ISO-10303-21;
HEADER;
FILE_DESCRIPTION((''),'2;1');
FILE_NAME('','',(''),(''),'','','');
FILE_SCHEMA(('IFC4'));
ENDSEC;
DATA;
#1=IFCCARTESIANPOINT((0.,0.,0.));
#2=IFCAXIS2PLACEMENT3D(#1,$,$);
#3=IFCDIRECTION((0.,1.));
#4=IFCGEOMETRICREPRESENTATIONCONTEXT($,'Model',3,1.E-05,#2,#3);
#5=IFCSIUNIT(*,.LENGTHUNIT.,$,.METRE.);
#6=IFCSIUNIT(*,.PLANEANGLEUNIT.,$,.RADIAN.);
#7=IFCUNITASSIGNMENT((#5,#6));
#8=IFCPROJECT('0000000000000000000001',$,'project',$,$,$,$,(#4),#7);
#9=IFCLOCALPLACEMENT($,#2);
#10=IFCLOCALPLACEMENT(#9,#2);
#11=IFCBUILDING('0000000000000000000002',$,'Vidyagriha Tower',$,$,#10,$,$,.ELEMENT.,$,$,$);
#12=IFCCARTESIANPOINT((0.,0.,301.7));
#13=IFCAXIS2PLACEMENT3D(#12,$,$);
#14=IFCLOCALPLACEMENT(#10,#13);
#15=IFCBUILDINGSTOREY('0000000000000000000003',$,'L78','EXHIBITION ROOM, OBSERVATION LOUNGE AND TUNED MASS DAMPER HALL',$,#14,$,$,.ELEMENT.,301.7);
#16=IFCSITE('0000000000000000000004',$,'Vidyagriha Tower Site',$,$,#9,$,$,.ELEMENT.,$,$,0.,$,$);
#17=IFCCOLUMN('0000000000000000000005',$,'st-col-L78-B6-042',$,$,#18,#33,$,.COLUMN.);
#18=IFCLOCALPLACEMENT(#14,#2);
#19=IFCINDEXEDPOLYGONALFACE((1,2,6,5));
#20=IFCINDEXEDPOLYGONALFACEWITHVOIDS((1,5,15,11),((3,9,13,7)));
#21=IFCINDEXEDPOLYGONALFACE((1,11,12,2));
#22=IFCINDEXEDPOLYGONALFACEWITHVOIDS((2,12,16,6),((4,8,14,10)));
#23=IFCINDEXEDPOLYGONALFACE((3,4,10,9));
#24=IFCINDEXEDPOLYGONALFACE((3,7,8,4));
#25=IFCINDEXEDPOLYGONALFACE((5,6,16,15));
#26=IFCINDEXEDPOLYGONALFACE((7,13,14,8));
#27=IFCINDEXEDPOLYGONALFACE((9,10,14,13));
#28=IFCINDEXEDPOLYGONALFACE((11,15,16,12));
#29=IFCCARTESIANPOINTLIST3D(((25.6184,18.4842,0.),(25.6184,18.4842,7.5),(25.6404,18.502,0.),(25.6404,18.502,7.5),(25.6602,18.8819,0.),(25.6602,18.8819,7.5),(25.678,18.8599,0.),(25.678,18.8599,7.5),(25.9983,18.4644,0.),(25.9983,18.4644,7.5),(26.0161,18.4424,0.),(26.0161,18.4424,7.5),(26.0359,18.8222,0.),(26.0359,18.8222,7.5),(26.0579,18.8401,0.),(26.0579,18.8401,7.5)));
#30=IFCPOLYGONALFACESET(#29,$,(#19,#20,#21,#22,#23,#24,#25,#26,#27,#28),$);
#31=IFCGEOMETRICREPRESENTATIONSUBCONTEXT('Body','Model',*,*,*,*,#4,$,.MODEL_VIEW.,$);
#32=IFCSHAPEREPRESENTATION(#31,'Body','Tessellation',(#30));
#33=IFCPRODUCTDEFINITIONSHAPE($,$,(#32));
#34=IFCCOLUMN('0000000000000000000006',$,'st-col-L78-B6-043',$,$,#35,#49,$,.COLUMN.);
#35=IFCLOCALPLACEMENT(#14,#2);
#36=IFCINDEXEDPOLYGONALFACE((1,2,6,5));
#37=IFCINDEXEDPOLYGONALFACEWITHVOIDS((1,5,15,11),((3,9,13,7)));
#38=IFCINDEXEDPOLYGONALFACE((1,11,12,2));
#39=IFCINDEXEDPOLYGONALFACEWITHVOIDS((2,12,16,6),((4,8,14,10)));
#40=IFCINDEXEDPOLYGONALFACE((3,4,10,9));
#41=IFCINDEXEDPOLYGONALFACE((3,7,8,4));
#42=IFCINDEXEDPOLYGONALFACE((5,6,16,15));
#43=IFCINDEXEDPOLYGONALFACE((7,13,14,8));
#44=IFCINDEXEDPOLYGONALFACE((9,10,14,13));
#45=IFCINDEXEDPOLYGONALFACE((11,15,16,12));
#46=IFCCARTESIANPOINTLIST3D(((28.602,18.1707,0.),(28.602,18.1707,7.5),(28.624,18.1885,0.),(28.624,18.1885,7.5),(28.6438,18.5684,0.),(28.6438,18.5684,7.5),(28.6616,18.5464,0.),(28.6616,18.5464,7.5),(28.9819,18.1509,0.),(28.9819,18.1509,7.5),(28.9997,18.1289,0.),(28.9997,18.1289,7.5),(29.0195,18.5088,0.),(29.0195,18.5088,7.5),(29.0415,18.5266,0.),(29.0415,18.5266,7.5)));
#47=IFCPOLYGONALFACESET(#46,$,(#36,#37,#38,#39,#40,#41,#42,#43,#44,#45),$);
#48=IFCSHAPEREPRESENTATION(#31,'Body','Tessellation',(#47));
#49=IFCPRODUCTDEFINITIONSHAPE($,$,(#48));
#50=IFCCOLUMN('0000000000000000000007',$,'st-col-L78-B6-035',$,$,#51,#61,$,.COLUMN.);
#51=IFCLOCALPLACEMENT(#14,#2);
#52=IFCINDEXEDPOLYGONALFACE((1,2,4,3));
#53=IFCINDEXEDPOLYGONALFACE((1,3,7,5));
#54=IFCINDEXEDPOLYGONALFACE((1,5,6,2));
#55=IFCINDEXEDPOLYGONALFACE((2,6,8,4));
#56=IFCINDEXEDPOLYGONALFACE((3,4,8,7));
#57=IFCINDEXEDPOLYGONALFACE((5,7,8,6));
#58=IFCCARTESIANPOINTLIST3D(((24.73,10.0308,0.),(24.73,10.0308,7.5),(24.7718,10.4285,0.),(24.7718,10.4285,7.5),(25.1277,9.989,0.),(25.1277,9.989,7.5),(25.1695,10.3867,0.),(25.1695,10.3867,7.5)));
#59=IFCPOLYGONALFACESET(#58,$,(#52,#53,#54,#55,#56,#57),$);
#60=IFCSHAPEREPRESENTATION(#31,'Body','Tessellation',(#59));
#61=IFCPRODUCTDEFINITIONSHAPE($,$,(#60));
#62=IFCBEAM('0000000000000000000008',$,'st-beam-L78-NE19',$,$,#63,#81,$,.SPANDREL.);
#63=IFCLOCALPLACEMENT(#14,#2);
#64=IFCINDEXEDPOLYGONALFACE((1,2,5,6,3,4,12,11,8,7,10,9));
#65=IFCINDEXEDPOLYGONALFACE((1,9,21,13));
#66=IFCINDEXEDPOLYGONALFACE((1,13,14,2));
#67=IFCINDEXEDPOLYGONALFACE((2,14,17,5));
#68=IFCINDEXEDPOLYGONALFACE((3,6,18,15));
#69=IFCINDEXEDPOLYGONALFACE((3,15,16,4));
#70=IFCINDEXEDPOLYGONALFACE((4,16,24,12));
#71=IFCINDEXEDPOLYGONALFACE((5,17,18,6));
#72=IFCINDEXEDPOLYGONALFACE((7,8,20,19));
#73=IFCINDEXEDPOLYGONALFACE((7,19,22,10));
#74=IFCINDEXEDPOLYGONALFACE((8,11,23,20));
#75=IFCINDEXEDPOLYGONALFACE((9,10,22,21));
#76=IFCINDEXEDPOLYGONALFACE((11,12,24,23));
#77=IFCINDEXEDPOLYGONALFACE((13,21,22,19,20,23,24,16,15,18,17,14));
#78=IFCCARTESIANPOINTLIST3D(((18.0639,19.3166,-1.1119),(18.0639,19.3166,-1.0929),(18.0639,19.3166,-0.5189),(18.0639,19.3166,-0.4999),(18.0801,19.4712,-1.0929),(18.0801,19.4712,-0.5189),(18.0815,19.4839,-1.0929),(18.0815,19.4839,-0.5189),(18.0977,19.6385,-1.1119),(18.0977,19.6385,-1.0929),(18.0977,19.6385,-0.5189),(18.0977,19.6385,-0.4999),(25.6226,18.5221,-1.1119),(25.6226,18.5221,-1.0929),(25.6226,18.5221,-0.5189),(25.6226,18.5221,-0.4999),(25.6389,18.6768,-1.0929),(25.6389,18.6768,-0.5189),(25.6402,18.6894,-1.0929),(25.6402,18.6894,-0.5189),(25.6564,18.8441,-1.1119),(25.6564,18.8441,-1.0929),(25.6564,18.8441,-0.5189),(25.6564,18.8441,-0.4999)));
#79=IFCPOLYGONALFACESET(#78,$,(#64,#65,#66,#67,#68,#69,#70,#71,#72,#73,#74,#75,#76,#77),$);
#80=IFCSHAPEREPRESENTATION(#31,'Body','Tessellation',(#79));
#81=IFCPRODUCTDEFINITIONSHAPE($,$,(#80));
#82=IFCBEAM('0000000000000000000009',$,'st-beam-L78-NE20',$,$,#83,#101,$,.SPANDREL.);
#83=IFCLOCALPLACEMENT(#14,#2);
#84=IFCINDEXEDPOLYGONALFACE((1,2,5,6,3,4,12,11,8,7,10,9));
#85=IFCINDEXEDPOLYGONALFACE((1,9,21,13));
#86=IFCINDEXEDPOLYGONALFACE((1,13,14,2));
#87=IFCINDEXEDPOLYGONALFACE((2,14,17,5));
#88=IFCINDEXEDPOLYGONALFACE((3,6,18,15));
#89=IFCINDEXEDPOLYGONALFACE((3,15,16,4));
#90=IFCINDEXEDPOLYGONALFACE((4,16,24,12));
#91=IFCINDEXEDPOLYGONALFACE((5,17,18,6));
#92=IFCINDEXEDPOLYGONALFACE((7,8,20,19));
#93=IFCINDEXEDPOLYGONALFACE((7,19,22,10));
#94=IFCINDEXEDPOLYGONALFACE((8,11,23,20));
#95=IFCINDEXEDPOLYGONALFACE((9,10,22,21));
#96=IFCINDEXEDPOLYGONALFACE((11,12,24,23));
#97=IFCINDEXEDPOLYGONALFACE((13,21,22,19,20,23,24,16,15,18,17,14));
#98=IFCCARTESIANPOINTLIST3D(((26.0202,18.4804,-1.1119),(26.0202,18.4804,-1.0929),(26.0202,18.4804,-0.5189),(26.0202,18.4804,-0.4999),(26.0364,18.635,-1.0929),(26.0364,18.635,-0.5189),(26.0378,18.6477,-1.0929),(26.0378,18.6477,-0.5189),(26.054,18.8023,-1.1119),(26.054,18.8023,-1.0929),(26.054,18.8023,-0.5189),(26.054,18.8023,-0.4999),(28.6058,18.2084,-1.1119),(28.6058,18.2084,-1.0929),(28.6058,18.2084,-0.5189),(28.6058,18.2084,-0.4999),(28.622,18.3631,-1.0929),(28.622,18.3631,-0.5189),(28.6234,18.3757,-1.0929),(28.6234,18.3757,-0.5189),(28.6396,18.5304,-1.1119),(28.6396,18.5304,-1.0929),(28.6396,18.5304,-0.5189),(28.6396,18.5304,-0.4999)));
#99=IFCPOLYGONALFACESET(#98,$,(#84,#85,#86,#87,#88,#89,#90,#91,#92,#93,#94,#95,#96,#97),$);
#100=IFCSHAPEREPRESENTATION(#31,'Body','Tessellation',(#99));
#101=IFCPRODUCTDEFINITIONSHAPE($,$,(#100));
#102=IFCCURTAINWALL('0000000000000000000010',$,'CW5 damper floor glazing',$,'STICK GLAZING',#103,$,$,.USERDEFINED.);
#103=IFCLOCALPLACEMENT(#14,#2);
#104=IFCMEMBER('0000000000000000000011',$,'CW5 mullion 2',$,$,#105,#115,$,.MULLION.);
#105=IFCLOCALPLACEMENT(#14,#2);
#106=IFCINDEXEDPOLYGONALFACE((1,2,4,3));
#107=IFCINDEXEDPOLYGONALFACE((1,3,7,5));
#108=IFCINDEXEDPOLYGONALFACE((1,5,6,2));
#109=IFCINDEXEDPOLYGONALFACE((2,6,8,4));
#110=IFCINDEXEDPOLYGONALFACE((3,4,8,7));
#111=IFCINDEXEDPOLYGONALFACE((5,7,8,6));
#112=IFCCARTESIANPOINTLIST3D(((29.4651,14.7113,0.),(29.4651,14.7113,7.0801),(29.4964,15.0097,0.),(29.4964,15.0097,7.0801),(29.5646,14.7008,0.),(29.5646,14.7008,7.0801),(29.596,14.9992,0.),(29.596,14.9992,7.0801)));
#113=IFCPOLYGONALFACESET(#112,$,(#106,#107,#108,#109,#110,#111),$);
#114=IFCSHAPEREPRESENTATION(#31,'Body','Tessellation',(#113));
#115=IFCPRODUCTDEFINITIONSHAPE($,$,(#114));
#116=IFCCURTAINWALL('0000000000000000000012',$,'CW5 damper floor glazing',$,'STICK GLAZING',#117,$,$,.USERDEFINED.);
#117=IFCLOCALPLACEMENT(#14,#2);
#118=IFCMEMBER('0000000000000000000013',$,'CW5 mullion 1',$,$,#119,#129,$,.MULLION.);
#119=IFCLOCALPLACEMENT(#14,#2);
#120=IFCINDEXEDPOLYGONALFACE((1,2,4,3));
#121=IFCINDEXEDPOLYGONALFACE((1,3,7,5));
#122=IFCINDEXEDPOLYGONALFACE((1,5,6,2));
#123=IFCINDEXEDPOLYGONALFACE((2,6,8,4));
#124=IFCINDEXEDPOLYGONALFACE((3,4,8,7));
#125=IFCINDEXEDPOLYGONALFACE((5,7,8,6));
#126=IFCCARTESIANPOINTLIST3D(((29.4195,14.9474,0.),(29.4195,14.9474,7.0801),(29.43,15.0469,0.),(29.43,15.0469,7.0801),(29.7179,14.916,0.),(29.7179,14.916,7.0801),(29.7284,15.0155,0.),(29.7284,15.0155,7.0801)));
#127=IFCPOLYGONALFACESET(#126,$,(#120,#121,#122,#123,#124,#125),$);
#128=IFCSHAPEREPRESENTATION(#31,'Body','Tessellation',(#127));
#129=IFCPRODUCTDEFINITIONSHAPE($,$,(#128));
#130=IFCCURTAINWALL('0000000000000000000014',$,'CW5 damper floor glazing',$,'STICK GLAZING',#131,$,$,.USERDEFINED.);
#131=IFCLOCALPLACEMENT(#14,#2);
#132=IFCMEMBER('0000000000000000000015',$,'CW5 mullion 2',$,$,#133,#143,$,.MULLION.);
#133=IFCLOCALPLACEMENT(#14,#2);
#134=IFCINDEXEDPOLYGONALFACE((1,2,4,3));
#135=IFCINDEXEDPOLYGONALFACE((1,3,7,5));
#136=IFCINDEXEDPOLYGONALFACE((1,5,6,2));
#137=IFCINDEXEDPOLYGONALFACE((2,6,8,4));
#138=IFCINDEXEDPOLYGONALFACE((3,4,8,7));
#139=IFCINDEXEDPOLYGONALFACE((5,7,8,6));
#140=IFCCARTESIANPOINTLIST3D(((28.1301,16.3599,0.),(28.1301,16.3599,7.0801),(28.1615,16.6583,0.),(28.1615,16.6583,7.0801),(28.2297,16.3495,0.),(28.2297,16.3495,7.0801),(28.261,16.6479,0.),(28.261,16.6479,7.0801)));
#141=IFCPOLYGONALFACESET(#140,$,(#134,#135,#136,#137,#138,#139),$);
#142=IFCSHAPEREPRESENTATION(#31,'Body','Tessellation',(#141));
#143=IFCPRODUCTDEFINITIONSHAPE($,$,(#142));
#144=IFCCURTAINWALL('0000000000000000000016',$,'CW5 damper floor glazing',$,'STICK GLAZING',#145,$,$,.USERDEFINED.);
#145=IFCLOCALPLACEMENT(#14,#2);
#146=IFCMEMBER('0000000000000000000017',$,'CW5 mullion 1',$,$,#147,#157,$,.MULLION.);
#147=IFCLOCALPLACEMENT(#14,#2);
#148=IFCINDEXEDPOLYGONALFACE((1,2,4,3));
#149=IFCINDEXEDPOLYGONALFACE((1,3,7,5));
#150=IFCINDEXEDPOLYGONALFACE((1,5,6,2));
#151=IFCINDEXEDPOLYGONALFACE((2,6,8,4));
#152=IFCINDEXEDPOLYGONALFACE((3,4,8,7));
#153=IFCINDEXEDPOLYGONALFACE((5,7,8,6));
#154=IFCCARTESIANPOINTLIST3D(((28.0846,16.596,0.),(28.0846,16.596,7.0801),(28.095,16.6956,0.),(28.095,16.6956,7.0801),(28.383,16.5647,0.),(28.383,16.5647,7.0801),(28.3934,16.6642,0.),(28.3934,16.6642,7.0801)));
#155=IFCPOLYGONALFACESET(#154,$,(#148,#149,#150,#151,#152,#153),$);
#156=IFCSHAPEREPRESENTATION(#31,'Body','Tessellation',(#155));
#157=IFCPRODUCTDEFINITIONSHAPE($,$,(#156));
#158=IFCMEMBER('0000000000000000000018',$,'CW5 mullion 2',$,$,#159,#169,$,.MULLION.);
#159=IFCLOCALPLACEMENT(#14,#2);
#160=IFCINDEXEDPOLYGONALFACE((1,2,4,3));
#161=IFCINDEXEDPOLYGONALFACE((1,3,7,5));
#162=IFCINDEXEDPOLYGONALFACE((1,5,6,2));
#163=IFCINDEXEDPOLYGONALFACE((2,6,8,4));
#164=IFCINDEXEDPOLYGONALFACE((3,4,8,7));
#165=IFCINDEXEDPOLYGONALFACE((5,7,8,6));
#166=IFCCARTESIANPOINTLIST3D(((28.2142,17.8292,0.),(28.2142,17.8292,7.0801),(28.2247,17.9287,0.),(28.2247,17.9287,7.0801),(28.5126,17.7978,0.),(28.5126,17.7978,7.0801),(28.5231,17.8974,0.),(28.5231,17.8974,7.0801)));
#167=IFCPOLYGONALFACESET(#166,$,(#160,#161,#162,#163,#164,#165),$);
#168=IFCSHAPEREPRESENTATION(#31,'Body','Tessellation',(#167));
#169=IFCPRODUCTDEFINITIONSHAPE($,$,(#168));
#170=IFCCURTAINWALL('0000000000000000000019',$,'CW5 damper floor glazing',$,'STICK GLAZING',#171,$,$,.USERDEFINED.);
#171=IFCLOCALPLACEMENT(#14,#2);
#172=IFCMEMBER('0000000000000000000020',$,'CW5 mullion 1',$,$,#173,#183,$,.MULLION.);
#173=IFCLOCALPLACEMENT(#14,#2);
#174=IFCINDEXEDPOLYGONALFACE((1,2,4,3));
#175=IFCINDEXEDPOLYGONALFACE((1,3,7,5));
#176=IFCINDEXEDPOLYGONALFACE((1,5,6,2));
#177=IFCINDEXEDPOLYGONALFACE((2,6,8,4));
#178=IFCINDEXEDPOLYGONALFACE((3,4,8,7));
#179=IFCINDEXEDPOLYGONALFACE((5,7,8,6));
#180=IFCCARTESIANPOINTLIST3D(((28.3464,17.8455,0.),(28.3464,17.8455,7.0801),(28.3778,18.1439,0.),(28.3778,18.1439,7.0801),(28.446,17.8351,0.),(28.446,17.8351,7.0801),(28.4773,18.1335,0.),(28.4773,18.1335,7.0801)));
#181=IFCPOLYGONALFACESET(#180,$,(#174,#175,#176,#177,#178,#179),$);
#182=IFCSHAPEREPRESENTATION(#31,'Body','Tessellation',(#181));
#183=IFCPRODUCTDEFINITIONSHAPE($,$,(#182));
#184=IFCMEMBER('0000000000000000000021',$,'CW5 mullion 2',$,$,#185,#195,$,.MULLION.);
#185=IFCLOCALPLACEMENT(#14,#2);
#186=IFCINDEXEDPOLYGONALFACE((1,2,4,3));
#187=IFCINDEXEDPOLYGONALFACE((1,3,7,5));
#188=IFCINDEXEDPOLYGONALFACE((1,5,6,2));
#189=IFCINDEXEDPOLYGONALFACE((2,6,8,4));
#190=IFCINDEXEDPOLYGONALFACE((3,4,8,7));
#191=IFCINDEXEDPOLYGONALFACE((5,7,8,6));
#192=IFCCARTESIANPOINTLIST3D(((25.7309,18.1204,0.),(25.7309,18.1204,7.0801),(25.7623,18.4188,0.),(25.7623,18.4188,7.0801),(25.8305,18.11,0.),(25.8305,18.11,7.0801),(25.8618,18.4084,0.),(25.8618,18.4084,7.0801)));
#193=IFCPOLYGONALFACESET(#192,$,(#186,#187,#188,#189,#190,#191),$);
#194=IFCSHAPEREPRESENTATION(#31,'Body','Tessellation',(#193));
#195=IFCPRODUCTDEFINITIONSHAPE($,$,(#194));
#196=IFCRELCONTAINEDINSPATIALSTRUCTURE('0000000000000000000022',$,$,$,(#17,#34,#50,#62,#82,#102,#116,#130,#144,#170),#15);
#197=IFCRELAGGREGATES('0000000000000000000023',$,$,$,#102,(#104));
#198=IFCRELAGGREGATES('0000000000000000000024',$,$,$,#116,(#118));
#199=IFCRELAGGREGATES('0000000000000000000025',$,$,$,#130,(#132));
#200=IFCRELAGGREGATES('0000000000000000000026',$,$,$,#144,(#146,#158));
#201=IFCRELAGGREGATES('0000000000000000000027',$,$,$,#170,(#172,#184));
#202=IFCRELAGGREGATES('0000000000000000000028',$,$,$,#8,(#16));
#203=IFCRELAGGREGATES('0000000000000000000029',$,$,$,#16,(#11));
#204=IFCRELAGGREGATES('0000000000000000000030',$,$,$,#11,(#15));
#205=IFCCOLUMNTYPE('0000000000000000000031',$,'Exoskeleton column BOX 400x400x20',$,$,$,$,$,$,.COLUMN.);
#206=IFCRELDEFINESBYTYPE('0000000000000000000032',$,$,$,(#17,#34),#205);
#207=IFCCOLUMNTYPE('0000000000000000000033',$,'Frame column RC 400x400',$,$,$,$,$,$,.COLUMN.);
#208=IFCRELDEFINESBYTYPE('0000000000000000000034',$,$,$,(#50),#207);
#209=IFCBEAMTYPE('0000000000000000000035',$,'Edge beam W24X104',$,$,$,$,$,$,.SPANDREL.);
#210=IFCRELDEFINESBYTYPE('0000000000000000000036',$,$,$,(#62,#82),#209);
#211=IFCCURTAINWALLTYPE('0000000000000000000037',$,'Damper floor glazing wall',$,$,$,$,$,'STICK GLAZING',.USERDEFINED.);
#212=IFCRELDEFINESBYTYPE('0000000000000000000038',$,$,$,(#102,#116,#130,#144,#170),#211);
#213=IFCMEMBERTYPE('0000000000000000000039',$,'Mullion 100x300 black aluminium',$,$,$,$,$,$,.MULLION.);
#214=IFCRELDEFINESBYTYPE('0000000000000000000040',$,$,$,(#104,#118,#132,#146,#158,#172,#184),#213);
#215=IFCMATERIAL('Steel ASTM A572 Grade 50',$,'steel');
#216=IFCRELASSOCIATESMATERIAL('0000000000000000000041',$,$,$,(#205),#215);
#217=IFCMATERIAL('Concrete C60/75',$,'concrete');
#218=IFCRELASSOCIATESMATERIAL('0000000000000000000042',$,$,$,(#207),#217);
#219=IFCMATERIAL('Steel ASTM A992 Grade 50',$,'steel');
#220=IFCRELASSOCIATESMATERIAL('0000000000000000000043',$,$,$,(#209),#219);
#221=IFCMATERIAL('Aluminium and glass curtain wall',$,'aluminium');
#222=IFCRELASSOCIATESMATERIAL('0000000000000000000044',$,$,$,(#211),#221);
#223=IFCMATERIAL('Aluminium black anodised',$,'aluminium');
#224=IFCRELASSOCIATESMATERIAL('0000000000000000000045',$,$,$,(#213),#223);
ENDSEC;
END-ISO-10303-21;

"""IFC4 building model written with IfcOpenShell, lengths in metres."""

from ifc_helpers import new_model, si_unit, direction, frame, origin, origin_2d, place, context, subcontext, project, spatial, rectangle, hollow_rectangle, i_section, extrude, material, material_profile, profile_set, type_object, element, aggregate, save


model = new_model("IFC4")

# Units and contexts
model_context = context("Model", 3, precision=1e-05, world=origin(), true_north=direction((0.0, 1.0)))
body_context = subcontext(model_context, "Body", "Model", "MODEL_VIEW")
ifc_project = project(units=[si_unit("LENGTHUNIT", "METRE"), si_unit("PLANEANGLEUNIT", "RADIAN")], contexts=[model_context])

# Site, building, storey
site_placement = place(None, origin())
site = spatial("IfcSite", under=ifc_project, at=site_placement, Name="Vidyagriha Tower Site", CompositionType="ELEMENT", RefElevation=0.0)
building_placement = place(site_placement, origin())
building = spatial("IfcBuilding", under=site, at=building_placement, Name="Vidyagriha Tower", CompositionType="ELEMENT")
storey_placement = place(building_placement, frame((0.0, 0.0, 301.7)))
storey = spatial("IfcBuildingStorey", under=building, at=storey_placement, Name="L78", Description="EXHIBITION ROOM, OBSERVATION LOUNGE AND TUNED MASS DAMPER HALL", CompositionType="ELEMENT", Elevation=301.7)

# Columns
ifc_material_1 = material(Name="Steel ASTM A572 Grade 50", Category="steel")
ifc_material_profile_1 = material_profile(ifc_material_1, hollow_rectangle(XDim=0.3999, YDim=0.3999, WallThickness=0.02, at=origin_2d()), Name="BOX 400x400x20")
ifc_profile_set_1 = profile_set([ifc_material_profile_1], Name="Steel ASTM A572 Grade 50")
column_type_1 = type_object("IfcColumnType", Name="Exoskeleton column BOX 400x400x20", PredefinedType="COLUMN", material=ifc_profile_set_1)
for number, where, z_axis, x_axis, name in (
    (1, (25.8381, 18.6621, 0.0), (0.0, 0.0, 1.0), (0.994522, -0.104528, 0.0), "st-col-L78-B6-042"),
    (2, (28.8218, 18.3486, 0.0), (0.0, 0.0, 1.0), (0.994522, -0.104528, 0.0), "st-col-L78-B6-043"),
):
    element("IfcColumn", number, at=place(storey_placement, frame(where, z_axis=z_axis, x_axis=x_axis)), inside=storey, type_object=column_type_1, Name=name, PredefinedType="COLUMN", context=body_context, shape_type="SweptSolid", body=[
        extrude(hollow_rectangle(XDim=0.3999, YDim=0.3999, WallThickness=0.02, at=origin_2d()), origin(), (0.0, 0.0, 1.0), 7.5),
    ])
ifc_material_2 = material(Name="Concrete C60/75", Category="concrete")
ifc_material_profile_2 = material_profile(ifc_material_2, rectangle(XDim=0.3999, YDim=0.3999, at=origin_2d()), Name="RC 400x400")
ifc_profile_set_2 = profile_set([ifc_material_profile_2], Name="Concrete C60/75")
column_type_2 = type_object("IfcColumnType", Name="Frame column RC 400x400", PredefinedType="COLUMN", material=ifc_profile_set_2)
column_placement = place(storey_placement, frame((24.9497, 10.2087, 0.0), z_axis=(0.0, 0.0, 1.0), x_axis=(0.994522, -0.104528, 0.0)))
element("IfcColumn", 3, at=column_placement, inside=storey, type_object=column_type_2, Name="st-col-L78-B6-035", PredefinedType="COLUMN", context=body_context, shape_type="SweptSolid", body=[
    extrude(rectangle(XDim=0.3999, YDim=0.3999, at=origin_2d()), origin(), (0.0, 0.0, 1.0), 7.5),
])

# Beams
ifc_material_3 = material(Name="Steel ASTM A992 Grade 50", Category="steel")
ifc_material_profile_3 = material_profile(ifc_material_3, i_section(OverallWidth=0.3237, OverallDepth=0.6121, WebThickness=0.0127, FlangeThickness=0.019, at=origin_2d()), Name="W24X104")
ifc_profile_set_3 = profile_set([ifc_material_profile_3], Name="Steel ASTM A992 Grade 50")
beam_type = type_object("IfcBeamType", Name="Edge beam W24X104", PredefinedType="SPANDREL", material=ifc_profile_set_3)
beam_1_placement = place(storey_placement, frame((18.0808, 19.4775, -0.8059), z_axis=(0.994522, -0.104528, 0.0), x_axis=(0.104528, 0.994522, 0.0)))
element("IfcBeam", 4, at=beam_1_placement, inside=storey, type_object=beam_type, Name="st-beam-L78-NE19", PredefinedType="SPANDREL", context=body_context, shape_type="SweptSolid", body=[
    extrude(i_section(OverallWidth=0.3237, OverallDepth=0.6121, WebThickness=0.0127, FlangeThickness=0.019, at=origin_2d()), origin(), (0.0, 0.0, 1.0), 7.6003),
])
beam_2_placement = place(storey_placement, frame((26.0371, 18.6414, -0.8059), z_axis=(0.994514, -0.104607, 0.0), x_axis=(0.104607, 0.994514, 0.0)))
element("IfcBeam", 5, at=beam_2_placement, inside=storey, type_object=beam_type, Name="st-beam-L78-NE20", PredefinedType="SPANDREL", context=body_context, shape_type="SweptSolid", body=[
    extrude(i_section(OverallWidth=0.3237, OverallDepth=0.6121, WebThickness=0.0127, FlangeThickness=0.019, at=origin_2d()), origin(), (0.0, 0.0, 1.0), 2.5999),
])

# Curtain walls, members
ifc_material_4 = material(Name="Aluminium and glass curtain wall", Category="aluminium")
curtain_wall_type = type_object("IfcCurtainWallType", Name="Damper floor glazing wall", ElementType="STICK GLAZING", PredefinedType="USERDEFINED", material=ifc_material_4)
curtain_wall_1_placement = place(storey_placement, origin())
curtain_wall_1 = element("IfcCurtainWall", 6, at=curtain_wall_1_placement, inside=storey, type_object=curtain_wall_type, Name="CW5 damper floor glazing", ObjectType="STICK GLAZING", PredefinedType="USERDEFINED")
ifc_material_5 = material(Name="Aluminium black anodised", Category="aluminium")
ifc_material_profile_4 = material_profile(ifc_material_5, rectangle(XDim=0.3, YDim=0.1001, at=origin_2d()), Name="Mullion 100x300 black aluminium")
ifc_profile_set_4 = profile_set([ifc_material_profile_4], Name="Aluminium black anodised")
member_type_1 = type_object("IfcMemberType", Name="Mullion 100x300 black aluminium", PredefinedType="MULLION", material=ifc_profile_set_4)
member_1_placement = place(storey_placement, frame((29.5305, 14.8552, 0.0), z_axis=(0.0, 0.0, 1.0), x_axis=(-0.104519, -0.994523, 0.0)))
member_1 = element("IfcMember", 7, at=member_1_placement, type_object=member_type_1, Name="CW5 mullion 2", PredefinedType="MULLION", context=body_context, shape_type="SweptSolid", body=[
    extrude(rectangle(XDim=0.3, YDim=0.1001, at=origin_2d()), origin(), (0.0, 0.0, 1.0), 7.0801),
])
aggregate(curtain_wall_1, [member_1])
curtain_wall_2_placement = place(storey_placement, origin())
curtain_wall_2 = element("IfcCurtainWall", 8, at=curtain_wall_2_placement, inside=storey, type_object=curtain_wall_type, Name="CW5 damper floor glazing", ObjectType="STICK GLAZING", PredefinedType="USERDEFINED")
member_2_placement = place(storey_placement, frame((29.574, 14.9814, 0.0), z_axis=(0.0, 0.0, 1.0), x_axis=(-0.994519, 0.104557, 0.0)))
member_2 = element("IfcMember", 9, at=member_2_placement, type_object=member_type_1, Name="CW5 mullion 1", PredefinedType="MULLION", context=body_context, shape_type="SweptSolid", body=[
    extrude(rectangle(XDim=0.3, YDim=0.1001, at=origin_2d()), origin(), (0.0, 0.0, 1.0), 7.0801),
])
curtain_wall_3_placement = place(storey_placement, origin())
curtain_wall_3 = element("IfcCurtainWall", 10, at=curtain_wall_3_placement, inside=storey, type_object=curtain_wall_type, Name="CW5 damper floor glazing", ObjectType="STICK GLAZING", PredefinedType="USERDEFINED")
member_3_placement = place(storey_placement, frame((28.1956, 16.5039, 0.0), z_axis=(0.0, 0.0, 1.0), x_axis=(-0.104519, -0.994523, 0.0)))
member_3 = element("IfcMember", 11, at=member_3_placement, type_object=member_type_1, Name="CW5 mullion 2", PredefinedType="MULLION", context=body_context, shape_type="SweptSolid", body=[
    extrude(rectangle(XDim=0.3, YDim=0.1001, at=origin_2d()), origin(), (0.0, 0.0, 1.0), 7.0801),
])

# Curtain walls, members
curtain_wall_4_placement = place(storey_placement, origin())
curtain_wall_4 = element("IfcCurtainWall", 12, at=curtain_wall_4_placement, inside=storey, type_object=curtain_wall_type, Name="CW5 damper floor glazing", ObjectType="STICK GLAZING", PredefinedType="USERDEFINED")
member_4_placement = place(storey_placement, frame((28.239, 16.6301, 0.0), z_axis=(0.0, 0.0, 1.0), x_axis=(-0.994519, 0.104557, 0.0)))
member_4 = element("IfcMember", 13, at=member_4_placement, type_object=member_type_1, Name="CW5 mullion 1", PredefinedType="MULLION", context=body_context, shape_type="SweptSolid", body=[
    extrude(rectangle(XDim=0.3, YDim=0.1001, at=origin_2d()), origin(), (0.0, 0.0, 1.0), 7.0801),
])
member_5_placement = place(storey_placement, frame((28.3687, 17.8633, 0.0), z_axis=(0.0, 0.0, 1.0), x_axis=(-0.994519, 0.104557, 0.0)))
member_5 = element("IfcMember", 14, at=member_5_placement, type_object=member_type_1, Name="CW5 mullion 2", PredefinedType="MULLION", context=body_context, shape_type="SweptSolid", body=[
    extrude(rectangle(XDim=0.3, YDim=0.1001, at=origin_2d()), origin(), (0.0, 0.0, 1.0), 7.0801),
])
curtain_wall_5_placement = place(storey_placement, origin())
curtain_wall_5 = element("IfcCurtainWall", 15, at=curtain_wall_5_placement, inside=storey, type_object=curtain_wall_type, Name="CW5 damper floor glazing", ObjectType="STICK GLAZING", PredefinedType="USERDEFINED")
member_6_placement = place(storey_placement, frame((28.4119, 17.9895, 0.0), z_axis=(0.0, 0.0, 1.0), x_axis=(-0.104528, -0.994522, 0.0)))
member_6 = element("IfcMember", 16, at=member_6_placement, type_object=member_type_1, Name="CW5 mullion 1", PredefinedType="MULLION", context=body_context, shape_type="SweptSolid", body=[
    extrude(rectangle(XDim=0.3, YDim=0.1001, at=origin_2d()), origin(), (0.0, 0.0, 1.0), 7.0801),
])
member_7_placement = place(storey_placement, frame((25.7964, 18.2644, 0.0), z_axis=(0.0, 0.0, 1.0), x_axis=(-0.104528, -0.994522, 0.0)))
member_7 = element("IfcMember", 17, at=member_7_placement, type_object=member_type_1, Name="CW5 mullion 2", PredefinedType="MULLION", context=body_context, shape_type="SweptSolid", body=[
    extrude(rectangle(XDim=0.3, YDim=0.1001, at=origin_2d()), origin(), (0.0, 0.0, 1.0), 7.0801),
])

aggregate(curtain_wall_2, [member_2])
aggregate(curtain_wall_3, [member_3])
aggregate(curtain_wall_4, [member_4, member_5])
aggregate(curtain_wall_5, [member_6, member_7])

save(model, "model.ifc")
